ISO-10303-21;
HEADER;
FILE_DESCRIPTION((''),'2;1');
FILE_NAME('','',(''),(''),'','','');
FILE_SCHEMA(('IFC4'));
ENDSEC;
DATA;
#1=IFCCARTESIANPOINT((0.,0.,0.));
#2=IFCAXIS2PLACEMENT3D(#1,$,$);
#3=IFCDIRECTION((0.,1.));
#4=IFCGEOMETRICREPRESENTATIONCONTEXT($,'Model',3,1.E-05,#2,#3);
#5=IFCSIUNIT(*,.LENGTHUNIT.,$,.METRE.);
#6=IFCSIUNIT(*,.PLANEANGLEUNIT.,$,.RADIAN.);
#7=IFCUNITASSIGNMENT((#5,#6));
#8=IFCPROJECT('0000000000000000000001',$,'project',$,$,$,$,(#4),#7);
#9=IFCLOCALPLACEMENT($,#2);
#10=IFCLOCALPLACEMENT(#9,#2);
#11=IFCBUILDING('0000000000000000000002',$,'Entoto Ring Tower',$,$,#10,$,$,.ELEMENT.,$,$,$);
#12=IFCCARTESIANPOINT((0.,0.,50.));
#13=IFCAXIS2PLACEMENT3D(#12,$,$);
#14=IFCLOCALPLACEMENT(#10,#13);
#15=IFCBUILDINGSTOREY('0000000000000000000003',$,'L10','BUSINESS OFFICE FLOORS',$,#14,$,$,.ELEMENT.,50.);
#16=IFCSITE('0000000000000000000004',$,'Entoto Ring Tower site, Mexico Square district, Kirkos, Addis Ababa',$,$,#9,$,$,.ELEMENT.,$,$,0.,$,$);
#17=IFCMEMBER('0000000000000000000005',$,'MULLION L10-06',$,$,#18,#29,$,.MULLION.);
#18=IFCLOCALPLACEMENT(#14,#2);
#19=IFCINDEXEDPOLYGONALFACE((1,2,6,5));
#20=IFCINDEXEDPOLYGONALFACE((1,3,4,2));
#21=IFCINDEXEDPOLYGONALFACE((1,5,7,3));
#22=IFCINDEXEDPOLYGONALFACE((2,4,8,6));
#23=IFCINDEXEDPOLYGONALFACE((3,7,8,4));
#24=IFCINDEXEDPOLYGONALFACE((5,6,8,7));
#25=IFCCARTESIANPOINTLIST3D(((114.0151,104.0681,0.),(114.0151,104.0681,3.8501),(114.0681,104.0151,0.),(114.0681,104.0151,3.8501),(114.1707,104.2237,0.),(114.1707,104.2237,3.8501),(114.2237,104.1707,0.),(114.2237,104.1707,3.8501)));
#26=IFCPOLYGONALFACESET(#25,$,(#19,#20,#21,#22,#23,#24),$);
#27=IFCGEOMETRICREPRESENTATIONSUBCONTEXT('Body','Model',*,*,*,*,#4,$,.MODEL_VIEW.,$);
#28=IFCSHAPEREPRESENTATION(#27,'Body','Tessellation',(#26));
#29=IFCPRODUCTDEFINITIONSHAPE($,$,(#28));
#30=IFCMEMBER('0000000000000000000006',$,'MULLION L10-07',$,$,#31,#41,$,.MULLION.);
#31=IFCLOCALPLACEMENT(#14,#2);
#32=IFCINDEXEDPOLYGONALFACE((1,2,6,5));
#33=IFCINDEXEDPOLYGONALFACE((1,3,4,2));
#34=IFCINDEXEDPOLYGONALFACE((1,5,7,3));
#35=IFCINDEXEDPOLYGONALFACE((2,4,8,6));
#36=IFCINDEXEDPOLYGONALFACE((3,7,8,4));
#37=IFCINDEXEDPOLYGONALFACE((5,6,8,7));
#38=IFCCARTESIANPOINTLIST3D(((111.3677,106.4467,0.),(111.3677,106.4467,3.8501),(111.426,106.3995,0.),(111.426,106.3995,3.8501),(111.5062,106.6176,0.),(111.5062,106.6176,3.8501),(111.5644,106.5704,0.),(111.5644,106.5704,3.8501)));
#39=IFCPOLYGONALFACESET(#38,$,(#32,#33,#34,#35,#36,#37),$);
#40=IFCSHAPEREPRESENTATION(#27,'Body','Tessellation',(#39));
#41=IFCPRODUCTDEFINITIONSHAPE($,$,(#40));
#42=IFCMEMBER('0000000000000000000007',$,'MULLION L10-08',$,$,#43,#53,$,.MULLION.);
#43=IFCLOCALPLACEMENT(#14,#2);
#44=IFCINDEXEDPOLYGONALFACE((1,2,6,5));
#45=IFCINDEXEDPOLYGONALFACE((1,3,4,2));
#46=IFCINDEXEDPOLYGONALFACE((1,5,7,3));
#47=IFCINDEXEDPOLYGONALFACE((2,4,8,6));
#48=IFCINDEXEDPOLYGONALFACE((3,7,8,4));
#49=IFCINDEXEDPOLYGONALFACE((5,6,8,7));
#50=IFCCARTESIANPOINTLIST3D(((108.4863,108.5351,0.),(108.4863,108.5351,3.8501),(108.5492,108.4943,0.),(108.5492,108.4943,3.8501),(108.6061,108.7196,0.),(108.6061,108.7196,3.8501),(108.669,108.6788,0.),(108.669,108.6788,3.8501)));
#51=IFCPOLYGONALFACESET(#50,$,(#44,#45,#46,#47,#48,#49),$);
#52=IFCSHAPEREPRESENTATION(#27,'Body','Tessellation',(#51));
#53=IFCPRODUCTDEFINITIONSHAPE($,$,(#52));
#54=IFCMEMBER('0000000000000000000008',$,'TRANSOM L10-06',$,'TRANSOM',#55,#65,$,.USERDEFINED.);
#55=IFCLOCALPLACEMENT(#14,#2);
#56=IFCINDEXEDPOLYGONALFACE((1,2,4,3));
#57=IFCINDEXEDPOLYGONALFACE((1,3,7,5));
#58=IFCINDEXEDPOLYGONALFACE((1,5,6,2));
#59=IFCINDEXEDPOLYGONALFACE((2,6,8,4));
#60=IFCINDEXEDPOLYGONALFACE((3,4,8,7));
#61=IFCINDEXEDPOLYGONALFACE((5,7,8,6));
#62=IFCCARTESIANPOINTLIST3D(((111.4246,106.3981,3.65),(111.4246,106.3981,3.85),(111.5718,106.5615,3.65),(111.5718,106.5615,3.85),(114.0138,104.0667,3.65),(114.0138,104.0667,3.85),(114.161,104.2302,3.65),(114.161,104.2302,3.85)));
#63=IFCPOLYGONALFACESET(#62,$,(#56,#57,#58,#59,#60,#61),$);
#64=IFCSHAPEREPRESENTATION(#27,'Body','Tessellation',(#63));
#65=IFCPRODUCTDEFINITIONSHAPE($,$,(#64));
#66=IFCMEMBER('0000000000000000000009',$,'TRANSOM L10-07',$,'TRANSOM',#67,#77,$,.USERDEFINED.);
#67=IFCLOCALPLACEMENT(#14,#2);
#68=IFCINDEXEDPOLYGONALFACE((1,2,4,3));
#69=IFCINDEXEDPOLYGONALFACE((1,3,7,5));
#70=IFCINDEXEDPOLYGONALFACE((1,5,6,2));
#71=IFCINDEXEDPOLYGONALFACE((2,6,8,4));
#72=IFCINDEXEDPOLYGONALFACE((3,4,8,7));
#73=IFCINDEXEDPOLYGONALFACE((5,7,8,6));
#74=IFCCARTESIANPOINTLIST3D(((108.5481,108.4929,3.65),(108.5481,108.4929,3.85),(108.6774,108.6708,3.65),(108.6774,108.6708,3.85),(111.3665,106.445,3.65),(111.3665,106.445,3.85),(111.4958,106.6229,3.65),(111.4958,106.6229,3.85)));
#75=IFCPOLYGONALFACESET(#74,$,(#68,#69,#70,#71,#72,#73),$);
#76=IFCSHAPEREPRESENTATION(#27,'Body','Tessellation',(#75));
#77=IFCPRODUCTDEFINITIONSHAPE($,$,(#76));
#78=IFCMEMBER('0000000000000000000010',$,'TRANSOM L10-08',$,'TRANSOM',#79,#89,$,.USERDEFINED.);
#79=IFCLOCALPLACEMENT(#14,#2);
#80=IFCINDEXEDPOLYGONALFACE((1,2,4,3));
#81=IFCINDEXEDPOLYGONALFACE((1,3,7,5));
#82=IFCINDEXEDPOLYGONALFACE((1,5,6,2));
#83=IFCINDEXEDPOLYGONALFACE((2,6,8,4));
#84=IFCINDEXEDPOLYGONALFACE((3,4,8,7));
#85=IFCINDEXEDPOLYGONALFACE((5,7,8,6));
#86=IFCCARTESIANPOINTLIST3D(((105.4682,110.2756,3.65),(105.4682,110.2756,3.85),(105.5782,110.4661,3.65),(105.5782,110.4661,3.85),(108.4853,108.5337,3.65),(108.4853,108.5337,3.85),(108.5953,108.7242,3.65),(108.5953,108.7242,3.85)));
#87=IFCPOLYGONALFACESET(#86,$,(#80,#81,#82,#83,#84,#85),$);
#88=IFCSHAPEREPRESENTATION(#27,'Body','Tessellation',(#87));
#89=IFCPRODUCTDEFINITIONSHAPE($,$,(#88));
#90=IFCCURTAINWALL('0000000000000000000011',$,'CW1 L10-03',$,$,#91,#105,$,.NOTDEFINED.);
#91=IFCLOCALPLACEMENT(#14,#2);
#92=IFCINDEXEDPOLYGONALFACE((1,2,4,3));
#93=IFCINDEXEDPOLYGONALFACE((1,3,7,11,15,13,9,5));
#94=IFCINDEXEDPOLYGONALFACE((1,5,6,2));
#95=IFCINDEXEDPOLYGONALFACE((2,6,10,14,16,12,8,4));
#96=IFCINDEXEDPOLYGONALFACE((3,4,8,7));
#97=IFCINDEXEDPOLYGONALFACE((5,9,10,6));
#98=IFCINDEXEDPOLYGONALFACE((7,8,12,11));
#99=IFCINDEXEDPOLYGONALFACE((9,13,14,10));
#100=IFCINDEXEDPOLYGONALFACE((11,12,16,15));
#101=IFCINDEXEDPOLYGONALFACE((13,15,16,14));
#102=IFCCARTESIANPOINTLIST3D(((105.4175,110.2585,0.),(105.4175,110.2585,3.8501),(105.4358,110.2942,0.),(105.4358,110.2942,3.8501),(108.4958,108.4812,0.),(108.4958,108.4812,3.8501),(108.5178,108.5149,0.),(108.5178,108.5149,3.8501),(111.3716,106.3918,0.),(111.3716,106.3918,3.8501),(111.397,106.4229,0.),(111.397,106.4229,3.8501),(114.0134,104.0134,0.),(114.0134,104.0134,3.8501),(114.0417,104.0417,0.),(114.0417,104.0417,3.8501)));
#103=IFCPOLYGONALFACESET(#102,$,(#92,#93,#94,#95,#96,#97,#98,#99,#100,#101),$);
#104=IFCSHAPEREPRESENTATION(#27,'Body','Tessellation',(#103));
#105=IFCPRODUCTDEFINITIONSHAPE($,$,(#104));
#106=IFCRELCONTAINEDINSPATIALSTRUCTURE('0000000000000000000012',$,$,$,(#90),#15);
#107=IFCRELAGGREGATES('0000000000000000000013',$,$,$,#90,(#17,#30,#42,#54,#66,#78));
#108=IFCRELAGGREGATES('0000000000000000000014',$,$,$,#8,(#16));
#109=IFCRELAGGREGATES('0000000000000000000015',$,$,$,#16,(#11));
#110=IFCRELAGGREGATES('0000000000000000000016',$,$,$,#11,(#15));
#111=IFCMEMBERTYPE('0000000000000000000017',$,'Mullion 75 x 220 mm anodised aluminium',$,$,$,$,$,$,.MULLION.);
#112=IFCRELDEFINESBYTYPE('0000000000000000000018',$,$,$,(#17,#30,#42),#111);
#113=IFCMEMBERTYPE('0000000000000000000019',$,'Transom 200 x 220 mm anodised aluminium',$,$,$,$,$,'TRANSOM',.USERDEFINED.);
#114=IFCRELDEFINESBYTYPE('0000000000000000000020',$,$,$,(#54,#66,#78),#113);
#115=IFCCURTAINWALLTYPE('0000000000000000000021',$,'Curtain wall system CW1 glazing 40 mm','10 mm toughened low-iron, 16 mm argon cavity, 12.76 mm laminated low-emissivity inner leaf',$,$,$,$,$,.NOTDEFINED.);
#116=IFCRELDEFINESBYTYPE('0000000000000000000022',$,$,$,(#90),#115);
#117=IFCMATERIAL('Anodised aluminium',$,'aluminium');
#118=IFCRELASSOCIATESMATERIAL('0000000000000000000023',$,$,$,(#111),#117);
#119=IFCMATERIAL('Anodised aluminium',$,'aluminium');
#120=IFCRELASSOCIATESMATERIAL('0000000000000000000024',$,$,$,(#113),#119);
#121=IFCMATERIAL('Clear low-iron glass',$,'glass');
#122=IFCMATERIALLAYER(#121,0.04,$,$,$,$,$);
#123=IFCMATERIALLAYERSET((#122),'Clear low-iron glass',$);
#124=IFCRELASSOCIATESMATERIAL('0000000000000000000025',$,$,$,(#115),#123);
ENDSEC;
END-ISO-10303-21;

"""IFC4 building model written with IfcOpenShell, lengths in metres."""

from ifc_helpers import new_model, si_unit, direction, frame, origin, origin_2d, place, context, subcontext, project, spatial, polyline, rectangle, outline, extrude, material, layer, layer_set, material_profile, profile_set, type_object, element, aggregate, save


model = new_model("IFC4")

# Units and contexts
model_context = context("Model", 3, precision=1e-05, world=origin(), true_north=direction((0.0, 1.0)))
body_context = subcontext(model_context, "Body", "Model", "MODEL_VIEW")
ifc_project = project(units=[si_unit("LENGTHUNIT", "METRE"), si_unit("PLANEANGLEUNIT", "RADIAN")], contexts=[model_context])

# Members
ifc_material_1 = material(Name="Anodised aluminium", Category="aluminium")
ifc_material_profile_1 = material_profile(ifc_material_1, rectangle(XDim=0.075, YDim=0.22, at=origin_2d()), Name="Mullion 75 x 220 mm anodised aluminium")
ifc_profile_set_1 = profile_set([ifc_material_profile_1], Name="Anodised aluminium")
member_type_1 = type_object("IfcMemberType", Name="Mullion 75 x 220 mm anodised aluminium", PredefinedType="MULLION", material=ifc_profile_set_1)
site_placement = place(None, origin())
building_placement = place(site_placement, origin())
storey_placement = place(building_placement, frame((0.0, 0.0, 50.0)))
member_1_placement = place(storey_placement, frame((114.1194, 104.1194, 0.0), z_axis=(0.0, 0.0, 1.0), x_axis=(-0.707107, 0.707107, 0.0)))
member_1 = element("IfcMember", 1, at=member_1_placement, type_object=member_type_1, Name="MULLION L10-06", PredefinedType="MULLION", context=body_context, shape_type="SweptSolid", body=[
    extrude(rectangle(XDim=0.075, YDim=0.22, at=origin_2d()), origin(), (0.0, 0.0, 1.0), 3.8501),
])
member_2_placement = place(storey_placement, frame((111.4661, 106.5085, 0.0), z_axis=(0.0, 0.0, 1.0), x_axis=(-0.777146, 0.62932, 0.0)))
member_2 = element("IfcMember", 2, at=member_2_placement, type_object=member_type_1, Name="MULLION L10-07", PredefinedType="MULLION", context=body_context, shape_type="SweptSolid", body=[
    extrude(rectangle(XDim=0.075, YDim=0.22, at=origin_2d()), origin(), (0.0, 0.0, 1.0), 3.8501),
])
member_3_placement = place(storey_placement, frame((108.5776, 108.6069, 0.0), z_axis=(0.0, 0.0, 1.0), x_axis=(-0.838671, 0.544639, 0.0)))
member_3 = element("IfcMember", 3, at=member_3_placement, type_object=member_type_1, Name="MULLION L10-08", PredefinedType="MULLION", context=body_context, shape_type="SweptSolid", body=[
    extrude(rectangle(XDim=0.075, YDim=0.22, at=origin_2d()), origin(), (0.0, 0.0, 1.0), 3.8501),
])
ifc_material_2 = material(Name="Anodised aluminium", Category="aluminium")
ifc_material_profile_2 = material_profile(ifc_material_2, rectangle(XDim=0.22, YDim=0.2, at=origin_2d()), Name="Transom 200 x 220 mm anodised aluminium")
ifc_profile_set_2 = profile_set([ifc_material_profile_2], Name="Anodised aluminium")
member_type_2 = type_object("IfcMemberType", Name="Transom 200 x 220 mm anodised aluminium", ElementType="TRANSOM", PredefinedType="USERDEFINED", material=ifc_profile_set_2)
member_4_placement = place(storey_placement, frame((114.0874, 104.1484, 3.75), z_axis=(-0.743137, 0.669139, 0.0), x_axis=(-0.669139, -0.743137, 0.0)))
member_4 = element("IfcMember", 4, at=member_4_placement, type_object=member_type_2, Name="TRANSOM L10-06", ObjectType="TRANSOM", PredefinedType="USERDEFINED", context=body_context, shape_type="SweptSolid", body=[
    extrude(rectangle(XDim=0.22, YDim=0.2, at=origin_2d()), origin(), (0.0, 0.0, 1.0), 3.4841),
])
member_5_placement = place(storey_placement, frame((111.4312, 106.5339, 3.75), z_axis=(-0.808991, 0.587822, 0.0), x_axis=(-0.587822, -0.808991, 0.0)))
member_5 = element("IfcMember", 5, at=member_5_placement, type_object=member_type_2, Name="TRANSOM L10-07", ObjectType="TRANSOM", PredefinedType="USERDEFINED", context=body_context, shape_type="SweptSolid", body=[
    extrude(rectangle(XDim=0.22, YDim=0.2, at=origin_2d()), origin(), (0.0, 0.0, 1.0), 3.4839),
])
member_6_placement = place(storey_placement, frame((108.5403, 108.6289, 3.75), z_axis=(-0.866022, 0.500006, 0.0), x_axis=(-0.500006, -0.866022, 0.0)))
member_6 = element("IfcMember", 6, at=member_6_placement, type_object=member_type_2, Name="TRANSOM L10-08", ObjectType="TRANSOM", PredefinedType="USERDEFINED", context=body_context, shape_type="SweptSolid", body=[
    extrude(rectangle(XDim=0.22, YDim=0.2, at=origin_2d()), origin(), (0.0, 0.0, 1.0), 3.4839),
])

# Site, building, storey
site = spatial("IfcSite", under=ifc_project, at=site_placement, Name="Entoto Ring Tower site, Mexico Square district, Kirkos, Addis Ababa", CompositionType="ELEMENT", RefElevation=0.0)
building = spatial("IfcBuilding", under=site, at=building_placement, Name="Entoto Ring Tower", CompositionType="ELEMENT")
storey = spatial("IfcBuildingStorey", under=building, at=storey_placement, Name="L10", Description="BUSINESS OFFICE FLOORS", CompositionType="ELEMENT", Elevation=50.0)

# Curtain wall
ifc_material_3 = material(Name="Clear low-iron glass", Category="glass")
ifc_layer = layer(ifc_material_3, 0.04)
ifc_layer_set = layer_set([ifc_layer], Name="Clear low-iron glass")
curtain_wall_type = type_object("IfcCurtainWallType", Name="Curtain wall system CW1 glazing 40 mm", Description="10 mm toughened low-iron, 16 mm argon cavity, 12.76 mm laminated low-emissivity inner leaf", PredefinedType="NOTDEFINED", material=ifc_layer_set)
curtain_wall_1_placement = place(storey_placement, origin())
curtain_wall_1 = element("IfcCurtainWall", 7, at=curtain_wall_1_placement, inside=storey, type_object=curtain_wall_type, Name="CW1 L10-03", PredefinedType="NOTDEFINED", context=body_context, shape_type="SweptSolid", body=[
    extrude(outline(polyline([(114.0417, 104.0417), (111.397, 106.4229), (108.5178, 108.5149), (105.4358, 110.2942), (105.4175, 110.2585), (108.4958, 108.4812), (111.3716, 106.3918), (114.0134, 104.0134), (114.0417, 104.0417)])), origin(), (0.0, 0.0, 1.0), 3.8501),
])
aggregate(curtain_wall_1, [member_1, member_2, member_3, member_4, member_5, member_6])

save(model, "model.ifc")
